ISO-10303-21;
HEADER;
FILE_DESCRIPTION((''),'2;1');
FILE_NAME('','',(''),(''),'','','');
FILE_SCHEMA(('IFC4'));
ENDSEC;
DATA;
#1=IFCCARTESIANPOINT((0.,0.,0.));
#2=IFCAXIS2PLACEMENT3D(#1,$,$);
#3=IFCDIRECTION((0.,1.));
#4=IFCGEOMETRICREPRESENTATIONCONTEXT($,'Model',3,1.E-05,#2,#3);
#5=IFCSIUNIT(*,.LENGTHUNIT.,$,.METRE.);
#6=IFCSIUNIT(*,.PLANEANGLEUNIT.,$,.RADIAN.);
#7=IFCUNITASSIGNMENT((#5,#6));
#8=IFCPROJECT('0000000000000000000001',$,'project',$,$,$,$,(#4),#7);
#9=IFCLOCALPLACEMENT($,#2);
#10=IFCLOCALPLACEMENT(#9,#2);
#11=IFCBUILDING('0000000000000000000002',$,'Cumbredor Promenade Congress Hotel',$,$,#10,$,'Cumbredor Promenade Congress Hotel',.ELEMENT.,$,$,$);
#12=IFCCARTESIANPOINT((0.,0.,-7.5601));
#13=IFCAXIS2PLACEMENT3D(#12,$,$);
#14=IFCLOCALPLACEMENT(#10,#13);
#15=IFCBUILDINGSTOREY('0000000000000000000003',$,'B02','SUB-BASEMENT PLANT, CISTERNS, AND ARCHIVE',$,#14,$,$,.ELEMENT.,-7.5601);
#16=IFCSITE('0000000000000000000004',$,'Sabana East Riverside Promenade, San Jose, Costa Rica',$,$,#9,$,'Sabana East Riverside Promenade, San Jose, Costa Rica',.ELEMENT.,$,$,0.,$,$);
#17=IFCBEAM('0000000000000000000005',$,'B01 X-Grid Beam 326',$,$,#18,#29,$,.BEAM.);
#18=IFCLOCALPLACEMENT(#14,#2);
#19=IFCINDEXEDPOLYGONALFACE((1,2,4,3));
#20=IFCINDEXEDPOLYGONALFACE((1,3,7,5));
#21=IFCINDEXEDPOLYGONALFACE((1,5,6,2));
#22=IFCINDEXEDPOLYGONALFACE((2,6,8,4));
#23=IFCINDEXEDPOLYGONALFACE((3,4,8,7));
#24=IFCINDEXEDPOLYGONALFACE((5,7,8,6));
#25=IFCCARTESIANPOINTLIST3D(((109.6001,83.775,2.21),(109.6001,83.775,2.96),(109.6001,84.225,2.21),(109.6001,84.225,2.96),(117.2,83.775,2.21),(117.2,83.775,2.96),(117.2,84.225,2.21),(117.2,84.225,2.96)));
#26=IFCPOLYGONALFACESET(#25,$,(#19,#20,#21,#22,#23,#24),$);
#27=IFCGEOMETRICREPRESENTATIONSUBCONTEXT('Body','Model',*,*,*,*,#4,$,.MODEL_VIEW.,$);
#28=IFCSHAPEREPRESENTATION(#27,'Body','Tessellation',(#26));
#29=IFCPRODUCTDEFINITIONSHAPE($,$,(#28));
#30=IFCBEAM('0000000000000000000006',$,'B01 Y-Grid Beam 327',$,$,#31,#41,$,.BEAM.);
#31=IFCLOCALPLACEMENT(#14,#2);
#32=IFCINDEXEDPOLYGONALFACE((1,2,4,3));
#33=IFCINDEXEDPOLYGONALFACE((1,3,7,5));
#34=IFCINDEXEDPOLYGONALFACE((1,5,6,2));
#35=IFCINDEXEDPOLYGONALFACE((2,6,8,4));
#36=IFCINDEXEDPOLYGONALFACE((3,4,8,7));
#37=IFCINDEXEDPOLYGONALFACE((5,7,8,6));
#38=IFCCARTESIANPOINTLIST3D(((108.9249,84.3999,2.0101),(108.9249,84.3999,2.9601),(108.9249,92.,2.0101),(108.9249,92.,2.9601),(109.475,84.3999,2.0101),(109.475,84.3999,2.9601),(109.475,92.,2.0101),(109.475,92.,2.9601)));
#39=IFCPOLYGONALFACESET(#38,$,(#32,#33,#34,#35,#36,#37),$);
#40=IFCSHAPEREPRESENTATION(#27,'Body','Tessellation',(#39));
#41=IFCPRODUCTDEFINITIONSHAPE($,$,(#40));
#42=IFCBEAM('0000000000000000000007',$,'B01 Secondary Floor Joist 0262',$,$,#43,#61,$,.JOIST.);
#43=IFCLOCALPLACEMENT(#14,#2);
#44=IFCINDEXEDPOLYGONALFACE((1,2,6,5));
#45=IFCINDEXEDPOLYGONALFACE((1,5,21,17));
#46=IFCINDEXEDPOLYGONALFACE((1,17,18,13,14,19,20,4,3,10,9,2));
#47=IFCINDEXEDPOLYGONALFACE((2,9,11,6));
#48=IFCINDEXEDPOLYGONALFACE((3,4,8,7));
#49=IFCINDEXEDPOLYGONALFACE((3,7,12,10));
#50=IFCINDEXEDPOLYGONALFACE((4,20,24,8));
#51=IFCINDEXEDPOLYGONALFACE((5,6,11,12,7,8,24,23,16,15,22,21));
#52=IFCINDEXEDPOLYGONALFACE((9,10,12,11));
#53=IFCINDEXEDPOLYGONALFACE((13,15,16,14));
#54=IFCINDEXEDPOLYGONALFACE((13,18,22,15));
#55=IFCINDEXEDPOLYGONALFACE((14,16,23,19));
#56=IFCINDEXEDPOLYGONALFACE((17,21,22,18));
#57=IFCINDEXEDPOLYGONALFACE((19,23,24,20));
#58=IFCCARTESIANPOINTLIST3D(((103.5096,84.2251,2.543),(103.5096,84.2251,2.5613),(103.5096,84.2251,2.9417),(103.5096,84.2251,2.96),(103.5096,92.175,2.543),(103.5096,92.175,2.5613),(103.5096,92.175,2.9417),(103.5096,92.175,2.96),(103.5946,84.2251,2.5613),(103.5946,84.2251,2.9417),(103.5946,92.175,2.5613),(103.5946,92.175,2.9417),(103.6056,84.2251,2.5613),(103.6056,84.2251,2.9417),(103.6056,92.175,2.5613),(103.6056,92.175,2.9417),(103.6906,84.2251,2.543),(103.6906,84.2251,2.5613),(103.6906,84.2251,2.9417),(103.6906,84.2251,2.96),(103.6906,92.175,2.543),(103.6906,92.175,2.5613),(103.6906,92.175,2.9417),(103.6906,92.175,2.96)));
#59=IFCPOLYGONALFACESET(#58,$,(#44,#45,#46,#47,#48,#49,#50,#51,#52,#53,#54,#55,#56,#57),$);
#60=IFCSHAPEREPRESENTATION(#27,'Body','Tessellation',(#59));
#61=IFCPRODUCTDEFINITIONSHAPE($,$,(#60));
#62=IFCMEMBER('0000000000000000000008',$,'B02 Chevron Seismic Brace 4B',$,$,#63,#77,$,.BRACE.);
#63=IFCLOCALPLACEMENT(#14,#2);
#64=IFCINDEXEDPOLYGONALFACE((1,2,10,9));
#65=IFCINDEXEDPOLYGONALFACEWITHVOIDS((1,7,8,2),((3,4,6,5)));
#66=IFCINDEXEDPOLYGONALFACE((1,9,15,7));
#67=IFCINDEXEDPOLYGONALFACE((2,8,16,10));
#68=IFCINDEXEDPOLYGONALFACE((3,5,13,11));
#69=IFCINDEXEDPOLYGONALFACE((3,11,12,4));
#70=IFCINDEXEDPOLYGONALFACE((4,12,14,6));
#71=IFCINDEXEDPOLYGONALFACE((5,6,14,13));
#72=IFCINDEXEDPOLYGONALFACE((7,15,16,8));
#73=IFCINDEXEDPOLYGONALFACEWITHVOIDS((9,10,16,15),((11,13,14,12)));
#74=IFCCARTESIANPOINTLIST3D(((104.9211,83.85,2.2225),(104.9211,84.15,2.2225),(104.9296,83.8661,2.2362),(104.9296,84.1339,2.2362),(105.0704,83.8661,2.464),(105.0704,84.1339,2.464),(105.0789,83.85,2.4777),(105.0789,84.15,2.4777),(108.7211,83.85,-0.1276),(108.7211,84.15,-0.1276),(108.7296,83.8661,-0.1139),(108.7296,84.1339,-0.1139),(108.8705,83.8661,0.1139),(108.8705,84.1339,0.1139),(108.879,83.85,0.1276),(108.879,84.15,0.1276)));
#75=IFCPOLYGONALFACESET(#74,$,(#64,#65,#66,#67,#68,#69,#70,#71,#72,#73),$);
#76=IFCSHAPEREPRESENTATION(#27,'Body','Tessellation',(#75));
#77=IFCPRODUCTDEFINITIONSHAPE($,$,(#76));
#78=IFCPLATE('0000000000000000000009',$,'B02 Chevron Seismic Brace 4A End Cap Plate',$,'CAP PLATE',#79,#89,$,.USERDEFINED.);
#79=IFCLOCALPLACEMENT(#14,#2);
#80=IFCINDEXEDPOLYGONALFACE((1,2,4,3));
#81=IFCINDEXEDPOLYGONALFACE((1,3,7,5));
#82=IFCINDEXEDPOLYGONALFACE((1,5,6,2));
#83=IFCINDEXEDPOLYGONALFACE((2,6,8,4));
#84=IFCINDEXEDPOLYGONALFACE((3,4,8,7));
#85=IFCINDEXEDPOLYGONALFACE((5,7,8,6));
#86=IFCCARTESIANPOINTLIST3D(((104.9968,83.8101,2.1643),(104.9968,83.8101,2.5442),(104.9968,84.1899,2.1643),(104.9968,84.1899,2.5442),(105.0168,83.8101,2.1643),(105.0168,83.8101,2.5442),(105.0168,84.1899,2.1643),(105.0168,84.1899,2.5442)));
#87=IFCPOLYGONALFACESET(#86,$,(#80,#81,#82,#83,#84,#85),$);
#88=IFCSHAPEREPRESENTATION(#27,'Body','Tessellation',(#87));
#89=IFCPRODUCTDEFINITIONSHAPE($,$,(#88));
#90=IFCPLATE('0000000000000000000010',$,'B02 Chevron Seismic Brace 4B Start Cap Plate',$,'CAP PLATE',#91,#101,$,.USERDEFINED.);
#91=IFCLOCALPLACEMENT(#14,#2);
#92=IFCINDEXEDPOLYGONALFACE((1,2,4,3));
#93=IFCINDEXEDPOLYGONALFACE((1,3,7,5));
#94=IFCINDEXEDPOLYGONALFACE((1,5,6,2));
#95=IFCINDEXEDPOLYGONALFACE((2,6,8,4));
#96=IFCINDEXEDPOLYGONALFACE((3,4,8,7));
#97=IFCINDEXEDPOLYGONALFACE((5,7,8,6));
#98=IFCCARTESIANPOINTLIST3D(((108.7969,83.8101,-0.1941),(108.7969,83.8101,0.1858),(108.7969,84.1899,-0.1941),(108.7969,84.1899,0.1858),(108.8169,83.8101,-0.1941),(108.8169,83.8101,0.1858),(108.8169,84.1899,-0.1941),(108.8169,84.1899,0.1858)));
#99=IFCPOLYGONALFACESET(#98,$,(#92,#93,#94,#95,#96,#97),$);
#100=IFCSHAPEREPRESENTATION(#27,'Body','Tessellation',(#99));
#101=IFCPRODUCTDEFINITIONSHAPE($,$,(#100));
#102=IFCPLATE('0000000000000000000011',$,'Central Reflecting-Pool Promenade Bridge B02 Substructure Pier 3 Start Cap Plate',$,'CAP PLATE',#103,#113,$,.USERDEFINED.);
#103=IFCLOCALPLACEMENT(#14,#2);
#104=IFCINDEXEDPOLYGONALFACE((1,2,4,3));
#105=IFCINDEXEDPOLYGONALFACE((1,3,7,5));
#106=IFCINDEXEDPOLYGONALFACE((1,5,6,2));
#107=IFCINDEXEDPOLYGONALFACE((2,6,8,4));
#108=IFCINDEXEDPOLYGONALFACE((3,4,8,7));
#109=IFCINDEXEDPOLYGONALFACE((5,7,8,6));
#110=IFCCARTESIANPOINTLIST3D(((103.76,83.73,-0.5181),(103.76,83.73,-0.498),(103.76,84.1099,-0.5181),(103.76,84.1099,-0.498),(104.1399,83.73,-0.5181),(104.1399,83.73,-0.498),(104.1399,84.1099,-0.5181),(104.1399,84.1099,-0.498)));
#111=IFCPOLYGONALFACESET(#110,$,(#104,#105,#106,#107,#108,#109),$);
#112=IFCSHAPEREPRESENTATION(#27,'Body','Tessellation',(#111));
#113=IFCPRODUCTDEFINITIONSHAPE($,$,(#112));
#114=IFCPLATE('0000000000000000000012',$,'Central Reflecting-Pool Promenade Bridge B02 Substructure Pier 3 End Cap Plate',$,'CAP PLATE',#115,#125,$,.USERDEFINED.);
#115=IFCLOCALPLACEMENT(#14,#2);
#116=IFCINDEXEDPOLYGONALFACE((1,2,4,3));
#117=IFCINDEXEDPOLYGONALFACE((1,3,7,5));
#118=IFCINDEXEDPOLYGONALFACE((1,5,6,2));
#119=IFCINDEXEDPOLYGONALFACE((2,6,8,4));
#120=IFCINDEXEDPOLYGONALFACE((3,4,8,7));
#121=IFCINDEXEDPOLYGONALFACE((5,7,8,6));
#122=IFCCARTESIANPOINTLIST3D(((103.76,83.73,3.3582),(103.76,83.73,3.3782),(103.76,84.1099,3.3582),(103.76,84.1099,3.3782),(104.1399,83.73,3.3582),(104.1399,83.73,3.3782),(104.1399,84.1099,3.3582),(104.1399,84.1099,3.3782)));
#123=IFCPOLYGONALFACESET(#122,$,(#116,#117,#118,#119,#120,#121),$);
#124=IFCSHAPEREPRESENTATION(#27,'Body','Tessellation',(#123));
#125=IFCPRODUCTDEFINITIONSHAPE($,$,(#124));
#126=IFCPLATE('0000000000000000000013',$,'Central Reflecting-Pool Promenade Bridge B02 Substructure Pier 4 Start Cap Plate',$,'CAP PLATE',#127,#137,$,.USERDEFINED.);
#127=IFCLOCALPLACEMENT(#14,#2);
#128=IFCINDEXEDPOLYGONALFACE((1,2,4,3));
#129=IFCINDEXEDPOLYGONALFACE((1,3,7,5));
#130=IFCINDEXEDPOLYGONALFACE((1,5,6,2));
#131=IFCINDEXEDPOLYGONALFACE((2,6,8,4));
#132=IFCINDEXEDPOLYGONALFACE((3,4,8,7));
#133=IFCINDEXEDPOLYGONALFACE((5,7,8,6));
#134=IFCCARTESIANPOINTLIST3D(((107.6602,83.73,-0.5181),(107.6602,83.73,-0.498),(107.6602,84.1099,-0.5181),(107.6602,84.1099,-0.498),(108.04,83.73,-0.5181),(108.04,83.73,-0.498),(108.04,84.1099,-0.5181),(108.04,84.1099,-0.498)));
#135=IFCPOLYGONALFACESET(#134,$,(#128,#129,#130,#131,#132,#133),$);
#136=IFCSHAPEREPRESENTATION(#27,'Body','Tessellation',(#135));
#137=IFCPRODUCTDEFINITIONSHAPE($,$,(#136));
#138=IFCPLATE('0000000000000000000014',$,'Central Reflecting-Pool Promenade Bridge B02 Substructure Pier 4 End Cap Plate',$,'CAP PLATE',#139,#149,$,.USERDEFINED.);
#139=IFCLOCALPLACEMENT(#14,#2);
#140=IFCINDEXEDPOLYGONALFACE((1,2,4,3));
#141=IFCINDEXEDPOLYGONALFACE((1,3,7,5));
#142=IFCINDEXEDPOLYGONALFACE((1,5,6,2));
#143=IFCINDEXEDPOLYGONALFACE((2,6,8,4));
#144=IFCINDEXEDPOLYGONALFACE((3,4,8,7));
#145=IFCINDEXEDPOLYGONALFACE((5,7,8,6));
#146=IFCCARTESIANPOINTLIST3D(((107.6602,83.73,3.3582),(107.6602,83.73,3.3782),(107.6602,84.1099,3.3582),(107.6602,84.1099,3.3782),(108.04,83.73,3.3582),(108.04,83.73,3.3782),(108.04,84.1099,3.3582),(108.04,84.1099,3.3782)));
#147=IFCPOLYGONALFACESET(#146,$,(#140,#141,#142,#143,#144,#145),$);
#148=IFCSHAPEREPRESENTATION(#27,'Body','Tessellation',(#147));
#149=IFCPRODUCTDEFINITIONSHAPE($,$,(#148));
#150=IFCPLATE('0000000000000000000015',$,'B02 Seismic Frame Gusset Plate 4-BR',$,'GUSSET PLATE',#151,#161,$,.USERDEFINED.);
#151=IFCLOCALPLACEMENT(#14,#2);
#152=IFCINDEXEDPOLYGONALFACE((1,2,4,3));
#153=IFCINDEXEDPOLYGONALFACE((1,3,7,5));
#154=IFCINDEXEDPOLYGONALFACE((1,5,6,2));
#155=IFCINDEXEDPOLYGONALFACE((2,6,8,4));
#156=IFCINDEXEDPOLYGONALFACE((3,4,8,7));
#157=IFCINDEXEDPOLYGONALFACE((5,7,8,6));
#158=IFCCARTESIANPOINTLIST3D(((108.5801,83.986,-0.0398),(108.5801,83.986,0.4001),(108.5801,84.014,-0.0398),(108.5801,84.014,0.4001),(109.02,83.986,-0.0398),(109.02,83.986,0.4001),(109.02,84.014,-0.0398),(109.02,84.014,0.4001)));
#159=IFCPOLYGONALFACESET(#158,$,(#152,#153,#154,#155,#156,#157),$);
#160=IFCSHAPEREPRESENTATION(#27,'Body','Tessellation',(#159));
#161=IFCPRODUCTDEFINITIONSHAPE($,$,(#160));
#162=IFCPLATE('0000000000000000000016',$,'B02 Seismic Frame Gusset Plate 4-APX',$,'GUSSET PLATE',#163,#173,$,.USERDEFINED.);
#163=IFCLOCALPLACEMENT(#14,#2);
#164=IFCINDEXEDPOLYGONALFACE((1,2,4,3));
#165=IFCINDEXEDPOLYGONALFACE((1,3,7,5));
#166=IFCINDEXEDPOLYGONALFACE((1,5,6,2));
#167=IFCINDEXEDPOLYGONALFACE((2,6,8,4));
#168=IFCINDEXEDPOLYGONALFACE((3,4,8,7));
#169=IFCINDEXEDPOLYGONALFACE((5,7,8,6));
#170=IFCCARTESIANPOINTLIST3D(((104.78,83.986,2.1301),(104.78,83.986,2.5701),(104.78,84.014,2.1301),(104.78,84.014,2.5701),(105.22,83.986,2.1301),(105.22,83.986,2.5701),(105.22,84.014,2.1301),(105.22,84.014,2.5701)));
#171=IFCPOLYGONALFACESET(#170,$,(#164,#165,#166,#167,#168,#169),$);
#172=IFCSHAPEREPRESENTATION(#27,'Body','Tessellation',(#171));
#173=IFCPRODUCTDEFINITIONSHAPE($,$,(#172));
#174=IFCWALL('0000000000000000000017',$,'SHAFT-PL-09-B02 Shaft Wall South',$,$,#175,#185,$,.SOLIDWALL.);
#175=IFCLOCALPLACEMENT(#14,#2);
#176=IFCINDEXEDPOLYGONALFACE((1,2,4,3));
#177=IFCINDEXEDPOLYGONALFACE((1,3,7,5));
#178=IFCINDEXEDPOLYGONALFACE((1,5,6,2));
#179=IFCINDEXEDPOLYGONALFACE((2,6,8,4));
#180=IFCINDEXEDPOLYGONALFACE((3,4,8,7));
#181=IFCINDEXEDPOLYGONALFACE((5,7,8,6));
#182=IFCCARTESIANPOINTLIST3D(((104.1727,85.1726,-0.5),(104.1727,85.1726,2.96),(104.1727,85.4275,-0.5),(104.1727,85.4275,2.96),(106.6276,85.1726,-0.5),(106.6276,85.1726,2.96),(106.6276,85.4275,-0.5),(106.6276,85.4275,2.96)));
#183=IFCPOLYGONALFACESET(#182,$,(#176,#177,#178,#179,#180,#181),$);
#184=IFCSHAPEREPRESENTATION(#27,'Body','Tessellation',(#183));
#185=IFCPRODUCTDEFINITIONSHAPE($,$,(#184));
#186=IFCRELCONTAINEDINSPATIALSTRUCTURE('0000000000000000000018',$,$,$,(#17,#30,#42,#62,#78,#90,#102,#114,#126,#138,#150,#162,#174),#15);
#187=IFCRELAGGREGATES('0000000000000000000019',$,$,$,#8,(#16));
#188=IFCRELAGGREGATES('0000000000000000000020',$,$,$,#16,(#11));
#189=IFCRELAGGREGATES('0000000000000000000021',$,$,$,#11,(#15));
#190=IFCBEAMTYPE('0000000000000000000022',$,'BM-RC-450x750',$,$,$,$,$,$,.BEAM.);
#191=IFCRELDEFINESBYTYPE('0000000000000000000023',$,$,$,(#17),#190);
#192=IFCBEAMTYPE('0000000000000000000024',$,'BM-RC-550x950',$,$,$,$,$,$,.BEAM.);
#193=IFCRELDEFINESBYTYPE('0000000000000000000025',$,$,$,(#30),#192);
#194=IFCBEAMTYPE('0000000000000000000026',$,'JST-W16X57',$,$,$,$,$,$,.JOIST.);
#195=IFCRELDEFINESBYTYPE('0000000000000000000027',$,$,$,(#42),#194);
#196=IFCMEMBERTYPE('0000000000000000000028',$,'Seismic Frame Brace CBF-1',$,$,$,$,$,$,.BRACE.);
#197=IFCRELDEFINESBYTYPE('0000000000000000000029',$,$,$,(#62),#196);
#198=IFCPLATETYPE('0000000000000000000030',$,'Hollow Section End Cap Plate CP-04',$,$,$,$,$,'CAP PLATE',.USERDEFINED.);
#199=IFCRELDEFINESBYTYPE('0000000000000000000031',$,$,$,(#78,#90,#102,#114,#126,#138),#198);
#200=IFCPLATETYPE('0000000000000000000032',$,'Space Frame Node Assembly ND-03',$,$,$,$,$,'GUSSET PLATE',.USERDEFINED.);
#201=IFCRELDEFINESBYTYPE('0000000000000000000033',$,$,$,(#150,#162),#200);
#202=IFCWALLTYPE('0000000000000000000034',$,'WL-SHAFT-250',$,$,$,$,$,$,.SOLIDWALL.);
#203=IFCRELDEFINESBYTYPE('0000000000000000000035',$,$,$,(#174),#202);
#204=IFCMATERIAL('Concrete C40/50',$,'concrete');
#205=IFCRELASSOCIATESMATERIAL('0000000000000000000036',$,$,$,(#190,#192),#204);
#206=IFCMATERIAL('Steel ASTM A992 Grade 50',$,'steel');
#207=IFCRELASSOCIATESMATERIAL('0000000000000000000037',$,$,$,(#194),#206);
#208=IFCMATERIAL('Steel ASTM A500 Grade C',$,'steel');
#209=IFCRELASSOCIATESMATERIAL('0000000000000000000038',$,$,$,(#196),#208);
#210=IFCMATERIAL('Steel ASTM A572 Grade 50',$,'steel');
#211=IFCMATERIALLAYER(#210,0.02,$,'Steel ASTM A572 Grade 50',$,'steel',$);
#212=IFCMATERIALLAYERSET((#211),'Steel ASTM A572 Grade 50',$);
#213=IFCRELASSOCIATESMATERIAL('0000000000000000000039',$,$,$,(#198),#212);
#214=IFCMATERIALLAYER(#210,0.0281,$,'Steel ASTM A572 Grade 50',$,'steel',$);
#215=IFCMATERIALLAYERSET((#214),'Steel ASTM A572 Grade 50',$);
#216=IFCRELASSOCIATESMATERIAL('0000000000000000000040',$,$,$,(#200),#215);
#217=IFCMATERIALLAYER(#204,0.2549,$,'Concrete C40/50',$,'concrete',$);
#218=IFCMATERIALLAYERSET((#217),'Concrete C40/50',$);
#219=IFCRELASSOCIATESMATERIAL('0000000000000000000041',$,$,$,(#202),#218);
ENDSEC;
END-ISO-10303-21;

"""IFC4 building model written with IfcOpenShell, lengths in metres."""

from ifc_helpers import new_model, si_unit, direction, frame, frame_2d, origin, origin_2d, place, context, subcontext, project, spatial, rectangle, hollow_rectangle, i_section, extrude, material, layer, layer_set, material_profile, profile_set, type_object, element, save


model = new_model("IFC4")

# Units and contexts
model_context = context("Model", 3, precision=1e-05, world=origin(), true_north=direction((0.0, 1.0)))
body_context = subcontext(model_context, "Body", "Model", "MODEL_VIEW")
ifc_project = project(units=[si_unit("LENGTHUNIT", "METRE"), si_unit("PLANEANGLEUNIT", "RADIAN")], contexts=[model_context])

# Site, building, storey
site_placement = place(None, origin())
site = spatial("IfcSite", under=ifc_project, at=site_placement, Name="Sabana East Riverside Promenade, San Jose, Costa Rica", LongName="Sabana East Riverside Promenade, San Jose, Costa Rica", CompositionType="ELEMENT", RefElevation=0.0)
building_placement = place(site_placement, origin())
building = spatial("IfcBuilding", under=site, at=building_placement, Name="Cumbredor Promenade Congress Hotel", LongName="Cumbredor Promenade Congress Hotel", CompositionType="ELEMENT")
storey_placement = place(building_placement, frame((0.0, 0.0, -7.5601)))
storey = spatial("IfcBuildingStorey", under=building, at=storey_placement, Name="B02", Description="SUB-BASEMENT PLANT, CISTERNS, AND ARCHIVE", CompositionType="ELEMENT", Elevation=-7.5601)

# Shared definitions
ifc_material_1 = material(Name="Concrete C40/50", Category="concrete")

# Shared definitions
ifc_material_2 = material(Name="Steel ASTM A500 Grade C", Category="steel")

# Beams
ifc_material_profile_1 = material_profile(ifc_material_1, rectangle(XDim=0.45, YDim=0.75, at=origin_2d()), Name="RC BEAM 450x750")
ifc_profile_set_1 = profile_set([ifc_material_profile_1], Name="Concrete C40/50")
beam_type_1 = type_object("IfcBeamType", Name="BM-RC-450x750", PredefinedType="BEAM", material=ifc_profile_set_1)
beam_1_placement = place(storey_placement, frame((109.6001, 84.0, 2.585), z_axis=(1.0, 0.0, 0.0), x_axis=(0.0, 1.0, 0.0)))
element("IfcBeam", 1, at=beam_1_placement, inside=storey, type_object=beam_type_1, Name="B01 X-Grid Beam 326", PredefinedType="BEAM", context=body_context, shape_type="SweptSolid", body=[
    extrude(rectangle(XDim=0.45, YDim=0.75, at=origin_2d()), origin(), (0.0, 0.0, 1.0), 7.5999),
])
ifc_material_profile_2 = material_profile(ifc_material_1, rectangle(XDim=0.55, YDim=0.95, at=origin_2d()), Name="RC BEAM 550x950")
ifc_profile_set_2 = profile_set([ifc_material_profile_2], Name="Concrete C40/50")
beam_type_2 = type_object("IfcBeamType", Name="BM-RC-550x950", PredefinedType="BEAM", material=ifc_profile_set_2)
beam_2_placement = place(storey_placement, frame((109.2, 84.3999, 2.4851), z_axis=(0.0, 1.0, 0.0), x_axis=(-1.0, 0.0, 0.0)))
element("IfcBeam", 2, at=beam_2_placement, inside=storey, type_object=beam_type_2, Name="B01 Y-Grid Beam 327", PredefinedType="BEAM", context=body_context, shape_type="SweptSolid", body=[
    extrude(rectangle(XDim=0.55, YDim=0.95, at=origin_2d()), origin(), (0.0, 0.0, 1.0), 7.6001),
])
ifc_material_3 = material(Name="Steel ASTM A992 Grade 50", Category="steel")
ifc_material_profile_3 = material_profile(ifc_material_3, i_section(OverallWidth=0.1809, OverallDepth=0.417, WebThickness=0.011, FlangeThickness=0.0183, at=origin_2d()), Name="W16X57")
ifc_profile_set_3 = profile_set([ifc_material_profile_3], Name="Steel ASTM A992 Grade 50")
beam_type_3 = type_object("IfcBeamType", Name="JST-W16X57", PredefinedType="JOIST", material=ifc_profile_set_3)
beam_3_placement = place(storey_placement, frame((103.6001, 84.2251, 2.7515), z_axis=(0.0, 1.0, 0.0), x_axis=(-1.0, 0.0, 0.0)))
element("IfcBeam", 3, at=beam_3_placement, inside=storey, type_object=beam_type_3, Name="B01 Secondary Floor Joist 0262", PredefinedType="JOIST", context=body_context, shape_type="SweptSolid", body=[
    extrude(i_section(OverallWidth=0.1809, OverallDepth=0.417, WebThickness=0.011, FlangeThickness=0.0183, at=origin_2d()), origin(), (0.0, 0.0, 1.0), 7.95),
])

# Member
ifc_material_profile_4 = material_profile(ifc_material_2, hollow_rectangle(XDim=0.3, YDim=0.3, WallThickness=0.0161, at=origin_2d()), Name="HSS 300x300x16")
ifc_profile_set_4 = profile_set([ifc_material_profile_4], Name="Steel ASTM A500 Grade C")
member_type = type_object("IfcMemberType", Name="Seismic Frame Brace CBF-1", PredefinedType="BRACE", material=ifc_profile_set_4)
member_placement = place(storey_placement, frame((108.8, 84.0, 0.0), z_axis=(-0.850497, 0.0, 0.52598), x_axis=(0.0, -1.0, 0.0)))
element("IfcMember", 4, at=member_placement, inside=storey, type_object=member_type, Name="B02 Chevron Seismic Brace 4B", PredefinedType="BRACE", context=body_context, shape_type="SweptSolid", body=[
    extrude(hollow_rectangle(XDim=0.3, YDim=0.3, WallThickness=0.0161, at=origin_2d()), origin(), (0.0, 0.0, 1.0), 4.468),
])

# Plates
ifc_material_4 = material(Name="Steel ASTM A572 Grade 50", Category="steel")
ifc_layer_1 = layer(ifc_material_4, 0.02, Name="Steel ASTM A572 Grade 50", Category="steel")
ifc_layer_set_1 = layer_set([ifc_layer_1], Name="Steel ASTM A572 Grade 50")
plate_type_1 = type_object("IfcPlateType", Name="Hollow Section End Cap Plate CP-04", ElementType="CAP PLATE", PredefinedType="USERDEFINED", material=ifc_layer_set_1)
for number, where, z_axis, x_axis, name in (
    (5, (105.0068, 84.0, 2.1643), (0.0, 0.0, 1.0), (1.0, 0.0, 0.0), "B02 Chevron Seismic Brace 4A End Cap Plate"),
    (6, (108.8069, 84.0, -0.1941), (0.0, 0.0, 1.0), (-1.0, 0.0, 0.0), "B02 Chevron Seismic Brace 4B Start Cap Plate"),
):
    element("IfcPlate", number, at=place(storey_placement, frame(where, z_axis=z_axis, x_axis=x_axis)), inside=storey, type_object=plate_type_1, Name=name, ObjectType="CAP PLATE", PredefinedType="USERDEFINED", context=body_context, shape_type="SweptSolid", body=[
        extrude(rectangle(XDim=0.02, YDim=0.3799, at=origin_2d()), origin(), (0.0, 0.0, 1.0), 0.3799),
    ])
for number, where, z_axis, x_axis, name in (
    (7, (103.95, 83.9199, -0.5181), (0.0, 0.0, 1.0), (1.0, 0.0, 0.0), "Central Reflecting-Pool Promenade Bridge B02 Substructure Pier 3 Start Cap Plate"),
    (8, (103.95, 83.9199, 3.3582), (0.0, 0.0, 1.0), (1.0, 0.0, 0.0), "Central Reflecting-Pool Promenade Bridge B02 Substructure Pier 3 End Cap Plate"),
    (9, (107.8501, 83.9199, -0.5181), (0.0, 0.0, 1.0), (1.0, 0.0, 0.0), "Central Reflecting-Pool Promenade Bridge B02 Substructure Pier 4 Start Cap Plate"),
    (10, (107.8501, 83.9199, 3.3582), (0.0, 0.0, 1.0), (1.0, 0.0, 0.0), "Central Reflecting-Pool Promenade Bridge B02 Substructure Pier 4 End Cap Plate"),
):
    element("IfcPlate", number, at=place(storey_placement, frame(where, z_axis=z_axis, x_axis=x_axis)), inside=storey, type_object=plate_type_1, Name=name, ObjectType="CAP PLATE", PredefinedType="USERDEFINED", context=body_context, shape_type="SweptSolid", body=[
        extrude(rectangle(XDim=0.3799, YDim=0.3799, at=origin_2d()), origin(), (0.0, 0.0, 1.0), 0.02),
    ])
ifc_layer_2 = layer(ifc_material_4, 0.0281, Name="Steel ASTM A572 Grade 50", Category="steel")
ifc_layer_set_2 = layer_set([ifc_layer_2], Name="Steel ASTM A572 Grade 50")
plate_type_2 = type_object("IfcPlateType", Name="Space Frame Node Assembly ND-03", ElementType="GUSSET PLATE", PredefinedType="USERDEFINED", material=ifc_layer_set_2)
for number, where, z_axis, x_axis, name in (
    (11, (108.8, 84.0, -0.0398), (0.0, 0.0, 1.0), (1.0, 0.0, 0.0), "B02 Seismic Frame Gusset Plate 4-BR"),
    (12, (105.0, 84.0, 2.1301), (0.0, 0.0, 1.0), (1.0, 0.0, 0.0), "B02 Seismic Frame Gusset Plate 4-APX"),
):
    element("IfcPlate", number, at=place(storey_placement, frame(where, z_axis=z_axis, x_axis=x_axis)), inside=storey, type_object=plate_type_2, Name=name, ObjectType="GUSSET PLATE", PredefinedType="USERDEFINED", context=body_context, shape_type="SweptSolid", body=[
        extrude(rectangle(XDim=0.4399, YDim=0.0281, at=origin_2d()), origin(), (0.0, 0.0, 1.0), 0.4399),
    ])

# Wall
ifc_layer_3 = layer(ifc_material_1, 0.2549, Name="Concrete C40/50", Category="concrete")
ifc_layer_set_3 = layer_set([ifc_layer_3], Name="Concrete C40/50")
wall_type = type_object("IfcWallType", Name="WL-SHAFT-250", PredefinedType="SOLIDWALL", material=ifc_layer_set_3)
wall_1_placement = place(storey_placement, frame((104.1726, 85.3, -0.5), z_axis=(0.0, 0.0, 1.0), x_axis=(1.0, 0.0, 0.0)))
element("IfcWall", 13, at=wall_1_placement, inside=storey, type_object=wall_type, Name="SHAFT-PL-09-B02 Shaft Wall South", PredefinedType="SOLIDWALL", context=body_context, shape_type="SweptSolid", body=[
    extrude(rectangle(XDim=2.4548, YDim=0.2549, at=frame_2d((1.2275, 0.0))), origin(), (0.0, 0.0, 1.0), 3.46),
])

save(model, "model.ifc")
